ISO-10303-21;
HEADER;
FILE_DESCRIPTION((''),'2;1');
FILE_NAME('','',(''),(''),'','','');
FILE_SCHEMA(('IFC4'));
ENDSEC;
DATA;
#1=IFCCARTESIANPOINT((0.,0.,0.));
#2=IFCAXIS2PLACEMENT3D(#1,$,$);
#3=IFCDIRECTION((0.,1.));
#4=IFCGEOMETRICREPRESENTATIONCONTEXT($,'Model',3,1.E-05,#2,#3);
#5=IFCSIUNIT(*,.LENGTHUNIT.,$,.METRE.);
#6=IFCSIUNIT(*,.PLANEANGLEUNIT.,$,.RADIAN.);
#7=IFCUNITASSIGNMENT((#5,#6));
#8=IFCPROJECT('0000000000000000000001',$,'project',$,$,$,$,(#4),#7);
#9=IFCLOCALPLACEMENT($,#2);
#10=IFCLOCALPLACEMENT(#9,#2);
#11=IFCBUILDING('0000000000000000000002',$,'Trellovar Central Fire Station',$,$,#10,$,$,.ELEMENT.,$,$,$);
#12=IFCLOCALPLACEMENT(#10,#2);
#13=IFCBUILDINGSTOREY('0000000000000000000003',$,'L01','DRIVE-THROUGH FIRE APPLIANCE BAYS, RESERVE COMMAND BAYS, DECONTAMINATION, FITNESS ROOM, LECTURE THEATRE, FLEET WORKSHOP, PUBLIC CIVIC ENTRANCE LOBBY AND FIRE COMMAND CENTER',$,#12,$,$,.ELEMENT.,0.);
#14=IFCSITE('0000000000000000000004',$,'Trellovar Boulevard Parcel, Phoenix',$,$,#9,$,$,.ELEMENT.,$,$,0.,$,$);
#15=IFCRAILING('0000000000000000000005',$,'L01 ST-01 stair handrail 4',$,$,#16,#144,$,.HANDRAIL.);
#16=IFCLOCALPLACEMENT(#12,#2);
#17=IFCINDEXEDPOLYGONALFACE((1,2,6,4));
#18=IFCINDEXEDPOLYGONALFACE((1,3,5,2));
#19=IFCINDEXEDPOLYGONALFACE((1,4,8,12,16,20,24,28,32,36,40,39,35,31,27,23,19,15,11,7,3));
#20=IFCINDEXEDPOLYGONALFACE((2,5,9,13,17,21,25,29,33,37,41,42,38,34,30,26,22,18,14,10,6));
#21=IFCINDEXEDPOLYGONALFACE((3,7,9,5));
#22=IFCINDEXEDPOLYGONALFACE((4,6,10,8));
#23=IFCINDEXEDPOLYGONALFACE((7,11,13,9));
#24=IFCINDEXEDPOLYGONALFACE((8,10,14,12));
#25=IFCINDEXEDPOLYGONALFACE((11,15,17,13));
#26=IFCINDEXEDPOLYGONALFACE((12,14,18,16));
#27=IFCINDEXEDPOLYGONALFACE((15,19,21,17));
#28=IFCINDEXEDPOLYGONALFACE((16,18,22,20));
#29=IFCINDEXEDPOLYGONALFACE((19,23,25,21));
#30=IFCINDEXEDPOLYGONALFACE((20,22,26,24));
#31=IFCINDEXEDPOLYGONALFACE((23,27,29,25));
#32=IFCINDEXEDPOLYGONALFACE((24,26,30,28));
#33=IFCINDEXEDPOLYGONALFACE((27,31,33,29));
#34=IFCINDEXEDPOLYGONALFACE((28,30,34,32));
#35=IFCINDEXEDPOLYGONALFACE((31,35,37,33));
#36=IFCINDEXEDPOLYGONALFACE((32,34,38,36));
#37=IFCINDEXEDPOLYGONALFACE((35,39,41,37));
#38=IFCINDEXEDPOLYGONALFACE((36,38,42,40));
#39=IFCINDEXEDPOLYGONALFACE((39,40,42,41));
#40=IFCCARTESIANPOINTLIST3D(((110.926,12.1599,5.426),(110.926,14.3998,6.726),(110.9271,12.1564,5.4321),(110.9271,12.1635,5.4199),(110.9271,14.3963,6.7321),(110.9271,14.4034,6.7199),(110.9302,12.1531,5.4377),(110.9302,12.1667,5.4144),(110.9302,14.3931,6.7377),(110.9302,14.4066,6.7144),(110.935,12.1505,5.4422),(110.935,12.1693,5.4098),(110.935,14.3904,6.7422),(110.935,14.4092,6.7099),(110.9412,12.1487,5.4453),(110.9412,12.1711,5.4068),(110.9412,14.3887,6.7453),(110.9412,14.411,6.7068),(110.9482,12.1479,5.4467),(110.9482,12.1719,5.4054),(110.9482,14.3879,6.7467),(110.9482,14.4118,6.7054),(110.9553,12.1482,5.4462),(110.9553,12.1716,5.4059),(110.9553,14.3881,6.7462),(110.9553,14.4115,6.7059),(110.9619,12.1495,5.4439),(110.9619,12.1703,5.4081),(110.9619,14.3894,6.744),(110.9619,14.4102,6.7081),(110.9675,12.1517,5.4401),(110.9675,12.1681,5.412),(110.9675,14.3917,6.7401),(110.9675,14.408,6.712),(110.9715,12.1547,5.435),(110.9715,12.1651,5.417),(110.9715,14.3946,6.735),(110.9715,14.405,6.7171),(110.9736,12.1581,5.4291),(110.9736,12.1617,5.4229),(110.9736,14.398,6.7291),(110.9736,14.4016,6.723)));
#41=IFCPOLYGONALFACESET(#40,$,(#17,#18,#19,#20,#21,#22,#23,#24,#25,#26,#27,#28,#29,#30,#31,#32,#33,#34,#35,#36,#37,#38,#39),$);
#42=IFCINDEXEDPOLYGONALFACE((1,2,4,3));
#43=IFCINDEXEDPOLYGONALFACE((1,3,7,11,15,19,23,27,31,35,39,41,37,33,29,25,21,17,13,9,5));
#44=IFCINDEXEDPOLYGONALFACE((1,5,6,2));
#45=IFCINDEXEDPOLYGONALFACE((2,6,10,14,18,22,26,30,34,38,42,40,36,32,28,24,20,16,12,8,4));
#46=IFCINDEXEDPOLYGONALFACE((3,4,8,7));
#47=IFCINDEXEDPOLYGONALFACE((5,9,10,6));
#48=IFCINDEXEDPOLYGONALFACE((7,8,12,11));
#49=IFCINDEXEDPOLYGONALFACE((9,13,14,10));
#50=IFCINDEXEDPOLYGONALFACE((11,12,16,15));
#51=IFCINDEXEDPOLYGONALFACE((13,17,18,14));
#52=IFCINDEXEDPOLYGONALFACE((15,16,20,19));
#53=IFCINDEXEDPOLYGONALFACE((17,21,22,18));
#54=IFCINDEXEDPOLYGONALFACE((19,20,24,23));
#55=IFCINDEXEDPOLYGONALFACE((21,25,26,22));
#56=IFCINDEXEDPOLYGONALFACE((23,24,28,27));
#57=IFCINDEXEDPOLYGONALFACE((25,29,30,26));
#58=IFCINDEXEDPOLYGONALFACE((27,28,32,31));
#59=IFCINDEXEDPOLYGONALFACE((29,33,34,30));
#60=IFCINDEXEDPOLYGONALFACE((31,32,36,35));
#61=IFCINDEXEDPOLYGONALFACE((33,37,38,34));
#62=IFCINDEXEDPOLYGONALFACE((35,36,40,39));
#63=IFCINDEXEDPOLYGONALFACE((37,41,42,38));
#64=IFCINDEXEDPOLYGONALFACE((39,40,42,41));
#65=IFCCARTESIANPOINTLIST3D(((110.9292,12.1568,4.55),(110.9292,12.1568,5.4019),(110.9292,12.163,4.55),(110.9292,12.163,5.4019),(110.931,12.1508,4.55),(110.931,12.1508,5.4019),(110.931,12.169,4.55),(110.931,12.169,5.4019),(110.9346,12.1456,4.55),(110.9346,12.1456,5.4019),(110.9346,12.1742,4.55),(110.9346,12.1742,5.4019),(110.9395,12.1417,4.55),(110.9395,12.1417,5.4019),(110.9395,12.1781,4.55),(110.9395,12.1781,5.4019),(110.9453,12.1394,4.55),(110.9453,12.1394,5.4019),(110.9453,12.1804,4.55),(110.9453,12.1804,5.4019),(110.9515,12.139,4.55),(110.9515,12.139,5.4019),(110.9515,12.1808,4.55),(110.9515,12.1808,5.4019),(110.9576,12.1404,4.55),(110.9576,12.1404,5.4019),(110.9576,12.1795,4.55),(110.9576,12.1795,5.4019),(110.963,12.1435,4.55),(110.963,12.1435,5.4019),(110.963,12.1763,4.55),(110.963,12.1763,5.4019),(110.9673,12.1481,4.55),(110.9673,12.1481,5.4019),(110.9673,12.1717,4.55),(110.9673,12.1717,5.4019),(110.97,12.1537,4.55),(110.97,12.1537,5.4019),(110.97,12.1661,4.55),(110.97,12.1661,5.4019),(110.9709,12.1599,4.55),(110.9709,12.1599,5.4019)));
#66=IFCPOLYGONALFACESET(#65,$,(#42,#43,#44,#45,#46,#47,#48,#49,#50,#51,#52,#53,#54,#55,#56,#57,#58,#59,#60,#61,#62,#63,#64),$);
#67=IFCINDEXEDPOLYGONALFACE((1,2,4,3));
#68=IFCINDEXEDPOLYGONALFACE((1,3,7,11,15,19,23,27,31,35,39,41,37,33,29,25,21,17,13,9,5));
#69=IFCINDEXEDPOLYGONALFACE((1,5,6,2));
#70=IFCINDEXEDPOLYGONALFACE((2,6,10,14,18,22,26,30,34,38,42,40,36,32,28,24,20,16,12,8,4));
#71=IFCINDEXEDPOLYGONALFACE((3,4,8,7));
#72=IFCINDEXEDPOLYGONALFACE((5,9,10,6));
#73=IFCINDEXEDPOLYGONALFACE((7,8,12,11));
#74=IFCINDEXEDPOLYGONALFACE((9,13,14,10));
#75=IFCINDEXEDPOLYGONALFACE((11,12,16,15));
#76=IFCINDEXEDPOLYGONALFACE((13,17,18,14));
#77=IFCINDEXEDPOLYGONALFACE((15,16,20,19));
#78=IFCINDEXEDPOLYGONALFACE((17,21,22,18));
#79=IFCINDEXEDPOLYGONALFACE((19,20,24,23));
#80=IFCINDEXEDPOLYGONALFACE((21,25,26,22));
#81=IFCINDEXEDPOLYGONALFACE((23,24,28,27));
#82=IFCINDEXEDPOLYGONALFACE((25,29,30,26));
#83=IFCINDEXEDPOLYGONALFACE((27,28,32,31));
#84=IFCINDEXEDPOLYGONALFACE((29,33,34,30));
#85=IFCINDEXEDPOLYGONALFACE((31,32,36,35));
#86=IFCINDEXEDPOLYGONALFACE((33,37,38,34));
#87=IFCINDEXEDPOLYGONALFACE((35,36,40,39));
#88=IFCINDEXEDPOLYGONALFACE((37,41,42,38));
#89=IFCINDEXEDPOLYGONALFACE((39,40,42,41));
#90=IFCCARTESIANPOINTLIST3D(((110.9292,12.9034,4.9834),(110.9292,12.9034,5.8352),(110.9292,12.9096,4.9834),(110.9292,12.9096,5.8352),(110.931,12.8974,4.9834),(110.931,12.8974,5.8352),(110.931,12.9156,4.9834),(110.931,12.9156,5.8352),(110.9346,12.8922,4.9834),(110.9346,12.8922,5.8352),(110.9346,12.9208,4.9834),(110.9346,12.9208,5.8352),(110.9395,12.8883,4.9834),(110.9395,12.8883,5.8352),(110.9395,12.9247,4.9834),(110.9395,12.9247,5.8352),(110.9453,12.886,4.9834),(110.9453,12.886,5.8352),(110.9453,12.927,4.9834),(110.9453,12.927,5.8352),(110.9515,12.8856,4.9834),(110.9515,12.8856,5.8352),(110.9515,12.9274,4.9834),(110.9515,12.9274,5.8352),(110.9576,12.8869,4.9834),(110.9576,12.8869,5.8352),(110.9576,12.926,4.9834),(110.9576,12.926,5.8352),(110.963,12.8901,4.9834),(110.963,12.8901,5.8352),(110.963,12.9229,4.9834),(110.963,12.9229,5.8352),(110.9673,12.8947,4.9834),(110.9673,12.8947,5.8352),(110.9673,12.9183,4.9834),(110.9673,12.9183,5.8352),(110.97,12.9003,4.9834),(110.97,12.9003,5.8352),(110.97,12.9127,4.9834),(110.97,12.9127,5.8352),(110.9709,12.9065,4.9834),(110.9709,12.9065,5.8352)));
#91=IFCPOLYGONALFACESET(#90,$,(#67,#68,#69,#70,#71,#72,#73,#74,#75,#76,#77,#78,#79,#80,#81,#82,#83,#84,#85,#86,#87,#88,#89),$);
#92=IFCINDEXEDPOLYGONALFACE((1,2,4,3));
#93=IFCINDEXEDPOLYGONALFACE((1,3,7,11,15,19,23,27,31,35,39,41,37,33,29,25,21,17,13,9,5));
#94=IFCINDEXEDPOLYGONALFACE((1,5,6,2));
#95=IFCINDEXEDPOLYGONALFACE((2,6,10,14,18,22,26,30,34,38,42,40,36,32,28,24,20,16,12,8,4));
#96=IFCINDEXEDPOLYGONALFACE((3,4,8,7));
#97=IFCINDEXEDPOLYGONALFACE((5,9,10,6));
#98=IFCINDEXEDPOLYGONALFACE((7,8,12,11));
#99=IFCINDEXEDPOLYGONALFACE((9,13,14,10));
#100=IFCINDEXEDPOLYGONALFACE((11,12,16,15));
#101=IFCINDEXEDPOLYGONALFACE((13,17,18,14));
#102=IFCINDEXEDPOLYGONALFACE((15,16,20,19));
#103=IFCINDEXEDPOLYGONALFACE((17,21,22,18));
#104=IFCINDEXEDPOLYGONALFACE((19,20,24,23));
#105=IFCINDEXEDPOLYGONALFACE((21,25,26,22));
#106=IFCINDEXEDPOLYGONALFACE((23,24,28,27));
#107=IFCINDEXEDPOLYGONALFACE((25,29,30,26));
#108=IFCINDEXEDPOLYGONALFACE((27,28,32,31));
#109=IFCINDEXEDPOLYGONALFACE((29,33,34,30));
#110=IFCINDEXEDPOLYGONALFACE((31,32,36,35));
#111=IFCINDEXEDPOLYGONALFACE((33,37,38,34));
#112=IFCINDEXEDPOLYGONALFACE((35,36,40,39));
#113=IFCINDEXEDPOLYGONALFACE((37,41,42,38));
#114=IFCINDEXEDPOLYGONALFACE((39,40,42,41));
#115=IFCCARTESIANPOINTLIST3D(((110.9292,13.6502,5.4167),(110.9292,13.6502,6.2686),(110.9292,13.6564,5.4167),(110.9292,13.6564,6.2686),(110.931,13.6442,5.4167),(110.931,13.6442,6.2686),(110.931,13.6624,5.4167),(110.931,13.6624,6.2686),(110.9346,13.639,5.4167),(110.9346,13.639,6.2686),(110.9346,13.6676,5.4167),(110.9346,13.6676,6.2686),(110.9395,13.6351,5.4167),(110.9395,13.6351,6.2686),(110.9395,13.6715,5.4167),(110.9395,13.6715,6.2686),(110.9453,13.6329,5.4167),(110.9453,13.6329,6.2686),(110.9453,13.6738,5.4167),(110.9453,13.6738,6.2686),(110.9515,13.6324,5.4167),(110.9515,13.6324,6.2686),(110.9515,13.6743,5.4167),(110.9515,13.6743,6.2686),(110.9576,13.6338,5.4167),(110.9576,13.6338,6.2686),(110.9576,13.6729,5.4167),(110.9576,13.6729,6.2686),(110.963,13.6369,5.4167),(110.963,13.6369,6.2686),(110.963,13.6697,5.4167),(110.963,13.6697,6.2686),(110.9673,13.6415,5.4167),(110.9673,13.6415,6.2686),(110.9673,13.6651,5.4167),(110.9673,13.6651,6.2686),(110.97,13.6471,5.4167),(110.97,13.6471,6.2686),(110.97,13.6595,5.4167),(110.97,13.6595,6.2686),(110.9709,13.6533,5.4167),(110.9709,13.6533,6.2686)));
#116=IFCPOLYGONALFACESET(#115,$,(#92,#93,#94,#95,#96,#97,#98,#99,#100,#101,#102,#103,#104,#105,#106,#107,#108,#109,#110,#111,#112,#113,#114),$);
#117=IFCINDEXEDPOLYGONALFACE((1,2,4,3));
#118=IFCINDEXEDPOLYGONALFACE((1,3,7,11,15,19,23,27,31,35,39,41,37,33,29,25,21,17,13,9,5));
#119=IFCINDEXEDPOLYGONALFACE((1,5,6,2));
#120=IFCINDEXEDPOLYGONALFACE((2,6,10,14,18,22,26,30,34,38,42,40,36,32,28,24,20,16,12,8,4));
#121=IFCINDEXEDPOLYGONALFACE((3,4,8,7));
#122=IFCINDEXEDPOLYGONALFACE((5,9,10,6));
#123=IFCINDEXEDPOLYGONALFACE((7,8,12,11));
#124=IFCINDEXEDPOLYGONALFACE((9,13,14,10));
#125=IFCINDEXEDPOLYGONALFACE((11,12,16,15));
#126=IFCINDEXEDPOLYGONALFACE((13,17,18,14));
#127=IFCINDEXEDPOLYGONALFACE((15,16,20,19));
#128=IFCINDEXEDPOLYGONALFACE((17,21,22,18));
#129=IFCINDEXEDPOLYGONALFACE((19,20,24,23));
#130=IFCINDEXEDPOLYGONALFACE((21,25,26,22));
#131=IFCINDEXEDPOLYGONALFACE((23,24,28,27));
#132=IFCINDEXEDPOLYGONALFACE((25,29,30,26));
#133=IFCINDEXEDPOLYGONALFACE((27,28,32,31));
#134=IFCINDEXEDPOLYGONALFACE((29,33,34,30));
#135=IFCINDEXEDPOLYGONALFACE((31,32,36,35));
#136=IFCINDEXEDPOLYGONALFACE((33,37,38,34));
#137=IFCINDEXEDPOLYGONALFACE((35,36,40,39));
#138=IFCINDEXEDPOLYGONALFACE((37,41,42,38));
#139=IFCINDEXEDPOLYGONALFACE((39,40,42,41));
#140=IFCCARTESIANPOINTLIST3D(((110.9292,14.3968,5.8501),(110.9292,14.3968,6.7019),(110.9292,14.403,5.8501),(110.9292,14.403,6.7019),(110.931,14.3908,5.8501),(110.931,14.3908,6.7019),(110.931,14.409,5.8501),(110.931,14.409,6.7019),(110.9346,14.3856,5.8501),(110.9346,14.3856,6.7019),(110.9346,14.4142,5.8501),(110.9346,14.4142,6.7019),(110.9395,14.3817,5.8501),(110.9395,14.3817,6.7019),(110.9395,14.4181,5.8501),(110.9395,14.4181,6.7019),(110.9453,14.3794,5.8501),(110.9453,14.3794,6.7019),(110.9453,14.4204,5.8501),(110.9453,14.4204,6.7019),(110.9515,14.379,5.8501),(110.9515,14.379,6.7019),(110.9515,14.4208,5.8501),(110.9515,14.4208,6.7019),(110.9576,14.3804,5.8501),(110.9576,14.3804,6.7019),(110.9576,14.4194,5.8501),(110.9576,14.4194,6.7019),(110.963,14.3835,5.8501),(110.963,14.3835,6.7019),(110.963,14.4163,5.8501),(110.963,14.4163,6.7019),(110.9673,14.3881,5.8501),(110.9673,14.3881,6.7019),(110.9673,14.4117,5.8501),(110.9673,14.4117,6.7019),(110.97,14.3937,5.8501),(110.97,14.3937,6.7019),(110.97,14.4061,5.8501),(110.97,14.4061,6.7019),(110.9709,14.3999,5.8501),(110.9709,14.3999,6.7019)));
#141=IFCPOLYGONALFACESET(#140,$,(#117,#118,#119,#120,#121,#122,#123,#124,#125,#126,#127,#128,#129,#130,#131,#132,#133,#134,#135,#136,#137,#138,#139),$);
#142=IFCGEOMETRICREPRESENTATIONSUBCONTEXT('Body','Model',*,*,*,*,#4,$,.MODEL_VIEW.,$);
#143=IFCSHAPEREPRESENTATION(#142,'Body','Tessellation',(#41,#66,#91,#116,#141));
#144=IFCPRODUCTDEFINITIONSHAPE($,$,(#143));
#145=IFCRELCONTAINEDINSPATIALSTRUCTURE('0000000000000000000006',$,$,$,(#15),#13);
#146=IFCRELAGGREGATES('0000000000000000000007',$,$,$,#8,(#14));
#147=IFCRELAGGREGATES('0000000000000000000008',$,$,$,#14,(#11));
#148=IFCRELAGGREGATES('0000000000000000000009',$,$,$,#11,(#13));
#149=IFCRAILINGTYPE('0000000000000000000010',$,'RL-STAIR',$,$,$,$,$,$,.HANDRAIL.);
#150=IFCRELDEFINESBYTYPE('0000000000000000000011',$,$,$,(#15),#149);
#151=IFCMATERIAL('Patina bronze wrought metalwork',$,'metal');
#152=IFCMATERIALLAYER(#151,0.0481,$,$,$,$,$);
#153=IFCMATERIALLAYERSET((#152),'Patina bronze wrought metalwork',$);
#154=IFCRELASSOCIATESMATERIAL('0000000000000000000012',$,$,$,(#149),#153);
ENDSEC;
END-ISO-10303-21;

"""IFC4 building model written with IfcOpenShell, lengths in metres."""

from ifc_helpers import new_model, si_unit, direction, frame, origin, origin_2d, place, context, subcontext, project, spatial, circle, extrude, material, layer, layer_set, type_object, element, save


model = new_model("IFC4")

# Units and contexts
model_context = context("Model", 3, precision=1e-05, world=origin(), true_north=direction((0.0, 1.0)))
body_context = subcontext(model_context, "Body", "Model", "MODEL_VIEW")
ifc_project = project(units=[si_unit("LENGTHUNIT", "METRE"), si_unit("PLANEANGLEUNIT", "RADIAN")], contexts=[model_context])

# Site, building, storey
site_placement = place(None, origin())
site = spatial("IfcSite", under=ifc_project, at=site_placement, Name="Trellovar Boulevard Parcel, Phoenix", CompositionType="ELEMENT", RefElevation=0.0)
building_placement = place(site_placement, origin())
building = spatial("IfcBuilding", under=site, at=building_placement, Name="Trellovar Central Fire Station", CompositionType="ELEMENT")
storey_placement = place(building_placement, origin())
storey = spatial("IfcBuildingStorey", under=building, at=storey_placement, Name="L01", Description="DRIVE-THROUGH FIRE APPLIANCE BAYS, RESERVE COMMAND BAYS, DECONTAMINATION, FITNESS ROOM, LECTURE THEATRE, FLEET WORKSHOP, PUBLIC CIVIC ENTRANCE LOBBY AND FIRE COMMAND CENTER", CompositionType="ELEMENT", Elevation=0.0)

# Railing
ifc_material_1 = material(Name="Patina bronze wrought metalwork", Category="metal")
ifc_layer_1 = layer(ifc_material_1, 0.0481)
ifc_layer_set_1 = layer_set([ifc_layer_1], Name="Patina bronze wrought metalwork")
railing_type_1 = type_object("IfcRailingType", Name="RL-STAIR", PredefinedType="HANDRAIL", material=ifc_layer_set_1)
railing_1_placement = place(storey_placement, frame((110.95, 12.1599, 4.55)))
element("IfcRailing", 1, at=railing_1_placement, inside=storey, type_object=railing_type_1, Name="L01 ST-01 stair handrail 4", PredefinedType="HANDRAIL", context=body_context, shape_type="SweptSolid", body=[
    extrude(circle(Radius=0.0239, at=origin_2d()), frame((0.0, 0.0, 0.876), z_axis=(0.0, 0.864888, 0.501965), x_axis=(-1.0, 0.0, 0.0)), (0.0, 0.0, 1.0), 2.5898),
    extrude(circle(Radius=0.021, at=origin_2d()), origin(), (0.0, 0.0, 1.0), 0.8518),
    extrude(circle(Radius=0.021, at=origin_2d()), frame((0.0, 0.7466, 0.4333)), (0.0, 0.0, 1.0), 0.8518),
    extrude(circle(Radius=0.021, at=origin_2d()), frame((0.0, 1.4934, 0.8667)), (0.0, 0.0, 1.0), 0.8518),
    extrude(circle(Radius=0.021, at=origin_2d()), frame((0.0, 2.24, 1.3)), (0.0, 0.0, 1.0), 0.8518),
])

save(model, "model.ifc")
